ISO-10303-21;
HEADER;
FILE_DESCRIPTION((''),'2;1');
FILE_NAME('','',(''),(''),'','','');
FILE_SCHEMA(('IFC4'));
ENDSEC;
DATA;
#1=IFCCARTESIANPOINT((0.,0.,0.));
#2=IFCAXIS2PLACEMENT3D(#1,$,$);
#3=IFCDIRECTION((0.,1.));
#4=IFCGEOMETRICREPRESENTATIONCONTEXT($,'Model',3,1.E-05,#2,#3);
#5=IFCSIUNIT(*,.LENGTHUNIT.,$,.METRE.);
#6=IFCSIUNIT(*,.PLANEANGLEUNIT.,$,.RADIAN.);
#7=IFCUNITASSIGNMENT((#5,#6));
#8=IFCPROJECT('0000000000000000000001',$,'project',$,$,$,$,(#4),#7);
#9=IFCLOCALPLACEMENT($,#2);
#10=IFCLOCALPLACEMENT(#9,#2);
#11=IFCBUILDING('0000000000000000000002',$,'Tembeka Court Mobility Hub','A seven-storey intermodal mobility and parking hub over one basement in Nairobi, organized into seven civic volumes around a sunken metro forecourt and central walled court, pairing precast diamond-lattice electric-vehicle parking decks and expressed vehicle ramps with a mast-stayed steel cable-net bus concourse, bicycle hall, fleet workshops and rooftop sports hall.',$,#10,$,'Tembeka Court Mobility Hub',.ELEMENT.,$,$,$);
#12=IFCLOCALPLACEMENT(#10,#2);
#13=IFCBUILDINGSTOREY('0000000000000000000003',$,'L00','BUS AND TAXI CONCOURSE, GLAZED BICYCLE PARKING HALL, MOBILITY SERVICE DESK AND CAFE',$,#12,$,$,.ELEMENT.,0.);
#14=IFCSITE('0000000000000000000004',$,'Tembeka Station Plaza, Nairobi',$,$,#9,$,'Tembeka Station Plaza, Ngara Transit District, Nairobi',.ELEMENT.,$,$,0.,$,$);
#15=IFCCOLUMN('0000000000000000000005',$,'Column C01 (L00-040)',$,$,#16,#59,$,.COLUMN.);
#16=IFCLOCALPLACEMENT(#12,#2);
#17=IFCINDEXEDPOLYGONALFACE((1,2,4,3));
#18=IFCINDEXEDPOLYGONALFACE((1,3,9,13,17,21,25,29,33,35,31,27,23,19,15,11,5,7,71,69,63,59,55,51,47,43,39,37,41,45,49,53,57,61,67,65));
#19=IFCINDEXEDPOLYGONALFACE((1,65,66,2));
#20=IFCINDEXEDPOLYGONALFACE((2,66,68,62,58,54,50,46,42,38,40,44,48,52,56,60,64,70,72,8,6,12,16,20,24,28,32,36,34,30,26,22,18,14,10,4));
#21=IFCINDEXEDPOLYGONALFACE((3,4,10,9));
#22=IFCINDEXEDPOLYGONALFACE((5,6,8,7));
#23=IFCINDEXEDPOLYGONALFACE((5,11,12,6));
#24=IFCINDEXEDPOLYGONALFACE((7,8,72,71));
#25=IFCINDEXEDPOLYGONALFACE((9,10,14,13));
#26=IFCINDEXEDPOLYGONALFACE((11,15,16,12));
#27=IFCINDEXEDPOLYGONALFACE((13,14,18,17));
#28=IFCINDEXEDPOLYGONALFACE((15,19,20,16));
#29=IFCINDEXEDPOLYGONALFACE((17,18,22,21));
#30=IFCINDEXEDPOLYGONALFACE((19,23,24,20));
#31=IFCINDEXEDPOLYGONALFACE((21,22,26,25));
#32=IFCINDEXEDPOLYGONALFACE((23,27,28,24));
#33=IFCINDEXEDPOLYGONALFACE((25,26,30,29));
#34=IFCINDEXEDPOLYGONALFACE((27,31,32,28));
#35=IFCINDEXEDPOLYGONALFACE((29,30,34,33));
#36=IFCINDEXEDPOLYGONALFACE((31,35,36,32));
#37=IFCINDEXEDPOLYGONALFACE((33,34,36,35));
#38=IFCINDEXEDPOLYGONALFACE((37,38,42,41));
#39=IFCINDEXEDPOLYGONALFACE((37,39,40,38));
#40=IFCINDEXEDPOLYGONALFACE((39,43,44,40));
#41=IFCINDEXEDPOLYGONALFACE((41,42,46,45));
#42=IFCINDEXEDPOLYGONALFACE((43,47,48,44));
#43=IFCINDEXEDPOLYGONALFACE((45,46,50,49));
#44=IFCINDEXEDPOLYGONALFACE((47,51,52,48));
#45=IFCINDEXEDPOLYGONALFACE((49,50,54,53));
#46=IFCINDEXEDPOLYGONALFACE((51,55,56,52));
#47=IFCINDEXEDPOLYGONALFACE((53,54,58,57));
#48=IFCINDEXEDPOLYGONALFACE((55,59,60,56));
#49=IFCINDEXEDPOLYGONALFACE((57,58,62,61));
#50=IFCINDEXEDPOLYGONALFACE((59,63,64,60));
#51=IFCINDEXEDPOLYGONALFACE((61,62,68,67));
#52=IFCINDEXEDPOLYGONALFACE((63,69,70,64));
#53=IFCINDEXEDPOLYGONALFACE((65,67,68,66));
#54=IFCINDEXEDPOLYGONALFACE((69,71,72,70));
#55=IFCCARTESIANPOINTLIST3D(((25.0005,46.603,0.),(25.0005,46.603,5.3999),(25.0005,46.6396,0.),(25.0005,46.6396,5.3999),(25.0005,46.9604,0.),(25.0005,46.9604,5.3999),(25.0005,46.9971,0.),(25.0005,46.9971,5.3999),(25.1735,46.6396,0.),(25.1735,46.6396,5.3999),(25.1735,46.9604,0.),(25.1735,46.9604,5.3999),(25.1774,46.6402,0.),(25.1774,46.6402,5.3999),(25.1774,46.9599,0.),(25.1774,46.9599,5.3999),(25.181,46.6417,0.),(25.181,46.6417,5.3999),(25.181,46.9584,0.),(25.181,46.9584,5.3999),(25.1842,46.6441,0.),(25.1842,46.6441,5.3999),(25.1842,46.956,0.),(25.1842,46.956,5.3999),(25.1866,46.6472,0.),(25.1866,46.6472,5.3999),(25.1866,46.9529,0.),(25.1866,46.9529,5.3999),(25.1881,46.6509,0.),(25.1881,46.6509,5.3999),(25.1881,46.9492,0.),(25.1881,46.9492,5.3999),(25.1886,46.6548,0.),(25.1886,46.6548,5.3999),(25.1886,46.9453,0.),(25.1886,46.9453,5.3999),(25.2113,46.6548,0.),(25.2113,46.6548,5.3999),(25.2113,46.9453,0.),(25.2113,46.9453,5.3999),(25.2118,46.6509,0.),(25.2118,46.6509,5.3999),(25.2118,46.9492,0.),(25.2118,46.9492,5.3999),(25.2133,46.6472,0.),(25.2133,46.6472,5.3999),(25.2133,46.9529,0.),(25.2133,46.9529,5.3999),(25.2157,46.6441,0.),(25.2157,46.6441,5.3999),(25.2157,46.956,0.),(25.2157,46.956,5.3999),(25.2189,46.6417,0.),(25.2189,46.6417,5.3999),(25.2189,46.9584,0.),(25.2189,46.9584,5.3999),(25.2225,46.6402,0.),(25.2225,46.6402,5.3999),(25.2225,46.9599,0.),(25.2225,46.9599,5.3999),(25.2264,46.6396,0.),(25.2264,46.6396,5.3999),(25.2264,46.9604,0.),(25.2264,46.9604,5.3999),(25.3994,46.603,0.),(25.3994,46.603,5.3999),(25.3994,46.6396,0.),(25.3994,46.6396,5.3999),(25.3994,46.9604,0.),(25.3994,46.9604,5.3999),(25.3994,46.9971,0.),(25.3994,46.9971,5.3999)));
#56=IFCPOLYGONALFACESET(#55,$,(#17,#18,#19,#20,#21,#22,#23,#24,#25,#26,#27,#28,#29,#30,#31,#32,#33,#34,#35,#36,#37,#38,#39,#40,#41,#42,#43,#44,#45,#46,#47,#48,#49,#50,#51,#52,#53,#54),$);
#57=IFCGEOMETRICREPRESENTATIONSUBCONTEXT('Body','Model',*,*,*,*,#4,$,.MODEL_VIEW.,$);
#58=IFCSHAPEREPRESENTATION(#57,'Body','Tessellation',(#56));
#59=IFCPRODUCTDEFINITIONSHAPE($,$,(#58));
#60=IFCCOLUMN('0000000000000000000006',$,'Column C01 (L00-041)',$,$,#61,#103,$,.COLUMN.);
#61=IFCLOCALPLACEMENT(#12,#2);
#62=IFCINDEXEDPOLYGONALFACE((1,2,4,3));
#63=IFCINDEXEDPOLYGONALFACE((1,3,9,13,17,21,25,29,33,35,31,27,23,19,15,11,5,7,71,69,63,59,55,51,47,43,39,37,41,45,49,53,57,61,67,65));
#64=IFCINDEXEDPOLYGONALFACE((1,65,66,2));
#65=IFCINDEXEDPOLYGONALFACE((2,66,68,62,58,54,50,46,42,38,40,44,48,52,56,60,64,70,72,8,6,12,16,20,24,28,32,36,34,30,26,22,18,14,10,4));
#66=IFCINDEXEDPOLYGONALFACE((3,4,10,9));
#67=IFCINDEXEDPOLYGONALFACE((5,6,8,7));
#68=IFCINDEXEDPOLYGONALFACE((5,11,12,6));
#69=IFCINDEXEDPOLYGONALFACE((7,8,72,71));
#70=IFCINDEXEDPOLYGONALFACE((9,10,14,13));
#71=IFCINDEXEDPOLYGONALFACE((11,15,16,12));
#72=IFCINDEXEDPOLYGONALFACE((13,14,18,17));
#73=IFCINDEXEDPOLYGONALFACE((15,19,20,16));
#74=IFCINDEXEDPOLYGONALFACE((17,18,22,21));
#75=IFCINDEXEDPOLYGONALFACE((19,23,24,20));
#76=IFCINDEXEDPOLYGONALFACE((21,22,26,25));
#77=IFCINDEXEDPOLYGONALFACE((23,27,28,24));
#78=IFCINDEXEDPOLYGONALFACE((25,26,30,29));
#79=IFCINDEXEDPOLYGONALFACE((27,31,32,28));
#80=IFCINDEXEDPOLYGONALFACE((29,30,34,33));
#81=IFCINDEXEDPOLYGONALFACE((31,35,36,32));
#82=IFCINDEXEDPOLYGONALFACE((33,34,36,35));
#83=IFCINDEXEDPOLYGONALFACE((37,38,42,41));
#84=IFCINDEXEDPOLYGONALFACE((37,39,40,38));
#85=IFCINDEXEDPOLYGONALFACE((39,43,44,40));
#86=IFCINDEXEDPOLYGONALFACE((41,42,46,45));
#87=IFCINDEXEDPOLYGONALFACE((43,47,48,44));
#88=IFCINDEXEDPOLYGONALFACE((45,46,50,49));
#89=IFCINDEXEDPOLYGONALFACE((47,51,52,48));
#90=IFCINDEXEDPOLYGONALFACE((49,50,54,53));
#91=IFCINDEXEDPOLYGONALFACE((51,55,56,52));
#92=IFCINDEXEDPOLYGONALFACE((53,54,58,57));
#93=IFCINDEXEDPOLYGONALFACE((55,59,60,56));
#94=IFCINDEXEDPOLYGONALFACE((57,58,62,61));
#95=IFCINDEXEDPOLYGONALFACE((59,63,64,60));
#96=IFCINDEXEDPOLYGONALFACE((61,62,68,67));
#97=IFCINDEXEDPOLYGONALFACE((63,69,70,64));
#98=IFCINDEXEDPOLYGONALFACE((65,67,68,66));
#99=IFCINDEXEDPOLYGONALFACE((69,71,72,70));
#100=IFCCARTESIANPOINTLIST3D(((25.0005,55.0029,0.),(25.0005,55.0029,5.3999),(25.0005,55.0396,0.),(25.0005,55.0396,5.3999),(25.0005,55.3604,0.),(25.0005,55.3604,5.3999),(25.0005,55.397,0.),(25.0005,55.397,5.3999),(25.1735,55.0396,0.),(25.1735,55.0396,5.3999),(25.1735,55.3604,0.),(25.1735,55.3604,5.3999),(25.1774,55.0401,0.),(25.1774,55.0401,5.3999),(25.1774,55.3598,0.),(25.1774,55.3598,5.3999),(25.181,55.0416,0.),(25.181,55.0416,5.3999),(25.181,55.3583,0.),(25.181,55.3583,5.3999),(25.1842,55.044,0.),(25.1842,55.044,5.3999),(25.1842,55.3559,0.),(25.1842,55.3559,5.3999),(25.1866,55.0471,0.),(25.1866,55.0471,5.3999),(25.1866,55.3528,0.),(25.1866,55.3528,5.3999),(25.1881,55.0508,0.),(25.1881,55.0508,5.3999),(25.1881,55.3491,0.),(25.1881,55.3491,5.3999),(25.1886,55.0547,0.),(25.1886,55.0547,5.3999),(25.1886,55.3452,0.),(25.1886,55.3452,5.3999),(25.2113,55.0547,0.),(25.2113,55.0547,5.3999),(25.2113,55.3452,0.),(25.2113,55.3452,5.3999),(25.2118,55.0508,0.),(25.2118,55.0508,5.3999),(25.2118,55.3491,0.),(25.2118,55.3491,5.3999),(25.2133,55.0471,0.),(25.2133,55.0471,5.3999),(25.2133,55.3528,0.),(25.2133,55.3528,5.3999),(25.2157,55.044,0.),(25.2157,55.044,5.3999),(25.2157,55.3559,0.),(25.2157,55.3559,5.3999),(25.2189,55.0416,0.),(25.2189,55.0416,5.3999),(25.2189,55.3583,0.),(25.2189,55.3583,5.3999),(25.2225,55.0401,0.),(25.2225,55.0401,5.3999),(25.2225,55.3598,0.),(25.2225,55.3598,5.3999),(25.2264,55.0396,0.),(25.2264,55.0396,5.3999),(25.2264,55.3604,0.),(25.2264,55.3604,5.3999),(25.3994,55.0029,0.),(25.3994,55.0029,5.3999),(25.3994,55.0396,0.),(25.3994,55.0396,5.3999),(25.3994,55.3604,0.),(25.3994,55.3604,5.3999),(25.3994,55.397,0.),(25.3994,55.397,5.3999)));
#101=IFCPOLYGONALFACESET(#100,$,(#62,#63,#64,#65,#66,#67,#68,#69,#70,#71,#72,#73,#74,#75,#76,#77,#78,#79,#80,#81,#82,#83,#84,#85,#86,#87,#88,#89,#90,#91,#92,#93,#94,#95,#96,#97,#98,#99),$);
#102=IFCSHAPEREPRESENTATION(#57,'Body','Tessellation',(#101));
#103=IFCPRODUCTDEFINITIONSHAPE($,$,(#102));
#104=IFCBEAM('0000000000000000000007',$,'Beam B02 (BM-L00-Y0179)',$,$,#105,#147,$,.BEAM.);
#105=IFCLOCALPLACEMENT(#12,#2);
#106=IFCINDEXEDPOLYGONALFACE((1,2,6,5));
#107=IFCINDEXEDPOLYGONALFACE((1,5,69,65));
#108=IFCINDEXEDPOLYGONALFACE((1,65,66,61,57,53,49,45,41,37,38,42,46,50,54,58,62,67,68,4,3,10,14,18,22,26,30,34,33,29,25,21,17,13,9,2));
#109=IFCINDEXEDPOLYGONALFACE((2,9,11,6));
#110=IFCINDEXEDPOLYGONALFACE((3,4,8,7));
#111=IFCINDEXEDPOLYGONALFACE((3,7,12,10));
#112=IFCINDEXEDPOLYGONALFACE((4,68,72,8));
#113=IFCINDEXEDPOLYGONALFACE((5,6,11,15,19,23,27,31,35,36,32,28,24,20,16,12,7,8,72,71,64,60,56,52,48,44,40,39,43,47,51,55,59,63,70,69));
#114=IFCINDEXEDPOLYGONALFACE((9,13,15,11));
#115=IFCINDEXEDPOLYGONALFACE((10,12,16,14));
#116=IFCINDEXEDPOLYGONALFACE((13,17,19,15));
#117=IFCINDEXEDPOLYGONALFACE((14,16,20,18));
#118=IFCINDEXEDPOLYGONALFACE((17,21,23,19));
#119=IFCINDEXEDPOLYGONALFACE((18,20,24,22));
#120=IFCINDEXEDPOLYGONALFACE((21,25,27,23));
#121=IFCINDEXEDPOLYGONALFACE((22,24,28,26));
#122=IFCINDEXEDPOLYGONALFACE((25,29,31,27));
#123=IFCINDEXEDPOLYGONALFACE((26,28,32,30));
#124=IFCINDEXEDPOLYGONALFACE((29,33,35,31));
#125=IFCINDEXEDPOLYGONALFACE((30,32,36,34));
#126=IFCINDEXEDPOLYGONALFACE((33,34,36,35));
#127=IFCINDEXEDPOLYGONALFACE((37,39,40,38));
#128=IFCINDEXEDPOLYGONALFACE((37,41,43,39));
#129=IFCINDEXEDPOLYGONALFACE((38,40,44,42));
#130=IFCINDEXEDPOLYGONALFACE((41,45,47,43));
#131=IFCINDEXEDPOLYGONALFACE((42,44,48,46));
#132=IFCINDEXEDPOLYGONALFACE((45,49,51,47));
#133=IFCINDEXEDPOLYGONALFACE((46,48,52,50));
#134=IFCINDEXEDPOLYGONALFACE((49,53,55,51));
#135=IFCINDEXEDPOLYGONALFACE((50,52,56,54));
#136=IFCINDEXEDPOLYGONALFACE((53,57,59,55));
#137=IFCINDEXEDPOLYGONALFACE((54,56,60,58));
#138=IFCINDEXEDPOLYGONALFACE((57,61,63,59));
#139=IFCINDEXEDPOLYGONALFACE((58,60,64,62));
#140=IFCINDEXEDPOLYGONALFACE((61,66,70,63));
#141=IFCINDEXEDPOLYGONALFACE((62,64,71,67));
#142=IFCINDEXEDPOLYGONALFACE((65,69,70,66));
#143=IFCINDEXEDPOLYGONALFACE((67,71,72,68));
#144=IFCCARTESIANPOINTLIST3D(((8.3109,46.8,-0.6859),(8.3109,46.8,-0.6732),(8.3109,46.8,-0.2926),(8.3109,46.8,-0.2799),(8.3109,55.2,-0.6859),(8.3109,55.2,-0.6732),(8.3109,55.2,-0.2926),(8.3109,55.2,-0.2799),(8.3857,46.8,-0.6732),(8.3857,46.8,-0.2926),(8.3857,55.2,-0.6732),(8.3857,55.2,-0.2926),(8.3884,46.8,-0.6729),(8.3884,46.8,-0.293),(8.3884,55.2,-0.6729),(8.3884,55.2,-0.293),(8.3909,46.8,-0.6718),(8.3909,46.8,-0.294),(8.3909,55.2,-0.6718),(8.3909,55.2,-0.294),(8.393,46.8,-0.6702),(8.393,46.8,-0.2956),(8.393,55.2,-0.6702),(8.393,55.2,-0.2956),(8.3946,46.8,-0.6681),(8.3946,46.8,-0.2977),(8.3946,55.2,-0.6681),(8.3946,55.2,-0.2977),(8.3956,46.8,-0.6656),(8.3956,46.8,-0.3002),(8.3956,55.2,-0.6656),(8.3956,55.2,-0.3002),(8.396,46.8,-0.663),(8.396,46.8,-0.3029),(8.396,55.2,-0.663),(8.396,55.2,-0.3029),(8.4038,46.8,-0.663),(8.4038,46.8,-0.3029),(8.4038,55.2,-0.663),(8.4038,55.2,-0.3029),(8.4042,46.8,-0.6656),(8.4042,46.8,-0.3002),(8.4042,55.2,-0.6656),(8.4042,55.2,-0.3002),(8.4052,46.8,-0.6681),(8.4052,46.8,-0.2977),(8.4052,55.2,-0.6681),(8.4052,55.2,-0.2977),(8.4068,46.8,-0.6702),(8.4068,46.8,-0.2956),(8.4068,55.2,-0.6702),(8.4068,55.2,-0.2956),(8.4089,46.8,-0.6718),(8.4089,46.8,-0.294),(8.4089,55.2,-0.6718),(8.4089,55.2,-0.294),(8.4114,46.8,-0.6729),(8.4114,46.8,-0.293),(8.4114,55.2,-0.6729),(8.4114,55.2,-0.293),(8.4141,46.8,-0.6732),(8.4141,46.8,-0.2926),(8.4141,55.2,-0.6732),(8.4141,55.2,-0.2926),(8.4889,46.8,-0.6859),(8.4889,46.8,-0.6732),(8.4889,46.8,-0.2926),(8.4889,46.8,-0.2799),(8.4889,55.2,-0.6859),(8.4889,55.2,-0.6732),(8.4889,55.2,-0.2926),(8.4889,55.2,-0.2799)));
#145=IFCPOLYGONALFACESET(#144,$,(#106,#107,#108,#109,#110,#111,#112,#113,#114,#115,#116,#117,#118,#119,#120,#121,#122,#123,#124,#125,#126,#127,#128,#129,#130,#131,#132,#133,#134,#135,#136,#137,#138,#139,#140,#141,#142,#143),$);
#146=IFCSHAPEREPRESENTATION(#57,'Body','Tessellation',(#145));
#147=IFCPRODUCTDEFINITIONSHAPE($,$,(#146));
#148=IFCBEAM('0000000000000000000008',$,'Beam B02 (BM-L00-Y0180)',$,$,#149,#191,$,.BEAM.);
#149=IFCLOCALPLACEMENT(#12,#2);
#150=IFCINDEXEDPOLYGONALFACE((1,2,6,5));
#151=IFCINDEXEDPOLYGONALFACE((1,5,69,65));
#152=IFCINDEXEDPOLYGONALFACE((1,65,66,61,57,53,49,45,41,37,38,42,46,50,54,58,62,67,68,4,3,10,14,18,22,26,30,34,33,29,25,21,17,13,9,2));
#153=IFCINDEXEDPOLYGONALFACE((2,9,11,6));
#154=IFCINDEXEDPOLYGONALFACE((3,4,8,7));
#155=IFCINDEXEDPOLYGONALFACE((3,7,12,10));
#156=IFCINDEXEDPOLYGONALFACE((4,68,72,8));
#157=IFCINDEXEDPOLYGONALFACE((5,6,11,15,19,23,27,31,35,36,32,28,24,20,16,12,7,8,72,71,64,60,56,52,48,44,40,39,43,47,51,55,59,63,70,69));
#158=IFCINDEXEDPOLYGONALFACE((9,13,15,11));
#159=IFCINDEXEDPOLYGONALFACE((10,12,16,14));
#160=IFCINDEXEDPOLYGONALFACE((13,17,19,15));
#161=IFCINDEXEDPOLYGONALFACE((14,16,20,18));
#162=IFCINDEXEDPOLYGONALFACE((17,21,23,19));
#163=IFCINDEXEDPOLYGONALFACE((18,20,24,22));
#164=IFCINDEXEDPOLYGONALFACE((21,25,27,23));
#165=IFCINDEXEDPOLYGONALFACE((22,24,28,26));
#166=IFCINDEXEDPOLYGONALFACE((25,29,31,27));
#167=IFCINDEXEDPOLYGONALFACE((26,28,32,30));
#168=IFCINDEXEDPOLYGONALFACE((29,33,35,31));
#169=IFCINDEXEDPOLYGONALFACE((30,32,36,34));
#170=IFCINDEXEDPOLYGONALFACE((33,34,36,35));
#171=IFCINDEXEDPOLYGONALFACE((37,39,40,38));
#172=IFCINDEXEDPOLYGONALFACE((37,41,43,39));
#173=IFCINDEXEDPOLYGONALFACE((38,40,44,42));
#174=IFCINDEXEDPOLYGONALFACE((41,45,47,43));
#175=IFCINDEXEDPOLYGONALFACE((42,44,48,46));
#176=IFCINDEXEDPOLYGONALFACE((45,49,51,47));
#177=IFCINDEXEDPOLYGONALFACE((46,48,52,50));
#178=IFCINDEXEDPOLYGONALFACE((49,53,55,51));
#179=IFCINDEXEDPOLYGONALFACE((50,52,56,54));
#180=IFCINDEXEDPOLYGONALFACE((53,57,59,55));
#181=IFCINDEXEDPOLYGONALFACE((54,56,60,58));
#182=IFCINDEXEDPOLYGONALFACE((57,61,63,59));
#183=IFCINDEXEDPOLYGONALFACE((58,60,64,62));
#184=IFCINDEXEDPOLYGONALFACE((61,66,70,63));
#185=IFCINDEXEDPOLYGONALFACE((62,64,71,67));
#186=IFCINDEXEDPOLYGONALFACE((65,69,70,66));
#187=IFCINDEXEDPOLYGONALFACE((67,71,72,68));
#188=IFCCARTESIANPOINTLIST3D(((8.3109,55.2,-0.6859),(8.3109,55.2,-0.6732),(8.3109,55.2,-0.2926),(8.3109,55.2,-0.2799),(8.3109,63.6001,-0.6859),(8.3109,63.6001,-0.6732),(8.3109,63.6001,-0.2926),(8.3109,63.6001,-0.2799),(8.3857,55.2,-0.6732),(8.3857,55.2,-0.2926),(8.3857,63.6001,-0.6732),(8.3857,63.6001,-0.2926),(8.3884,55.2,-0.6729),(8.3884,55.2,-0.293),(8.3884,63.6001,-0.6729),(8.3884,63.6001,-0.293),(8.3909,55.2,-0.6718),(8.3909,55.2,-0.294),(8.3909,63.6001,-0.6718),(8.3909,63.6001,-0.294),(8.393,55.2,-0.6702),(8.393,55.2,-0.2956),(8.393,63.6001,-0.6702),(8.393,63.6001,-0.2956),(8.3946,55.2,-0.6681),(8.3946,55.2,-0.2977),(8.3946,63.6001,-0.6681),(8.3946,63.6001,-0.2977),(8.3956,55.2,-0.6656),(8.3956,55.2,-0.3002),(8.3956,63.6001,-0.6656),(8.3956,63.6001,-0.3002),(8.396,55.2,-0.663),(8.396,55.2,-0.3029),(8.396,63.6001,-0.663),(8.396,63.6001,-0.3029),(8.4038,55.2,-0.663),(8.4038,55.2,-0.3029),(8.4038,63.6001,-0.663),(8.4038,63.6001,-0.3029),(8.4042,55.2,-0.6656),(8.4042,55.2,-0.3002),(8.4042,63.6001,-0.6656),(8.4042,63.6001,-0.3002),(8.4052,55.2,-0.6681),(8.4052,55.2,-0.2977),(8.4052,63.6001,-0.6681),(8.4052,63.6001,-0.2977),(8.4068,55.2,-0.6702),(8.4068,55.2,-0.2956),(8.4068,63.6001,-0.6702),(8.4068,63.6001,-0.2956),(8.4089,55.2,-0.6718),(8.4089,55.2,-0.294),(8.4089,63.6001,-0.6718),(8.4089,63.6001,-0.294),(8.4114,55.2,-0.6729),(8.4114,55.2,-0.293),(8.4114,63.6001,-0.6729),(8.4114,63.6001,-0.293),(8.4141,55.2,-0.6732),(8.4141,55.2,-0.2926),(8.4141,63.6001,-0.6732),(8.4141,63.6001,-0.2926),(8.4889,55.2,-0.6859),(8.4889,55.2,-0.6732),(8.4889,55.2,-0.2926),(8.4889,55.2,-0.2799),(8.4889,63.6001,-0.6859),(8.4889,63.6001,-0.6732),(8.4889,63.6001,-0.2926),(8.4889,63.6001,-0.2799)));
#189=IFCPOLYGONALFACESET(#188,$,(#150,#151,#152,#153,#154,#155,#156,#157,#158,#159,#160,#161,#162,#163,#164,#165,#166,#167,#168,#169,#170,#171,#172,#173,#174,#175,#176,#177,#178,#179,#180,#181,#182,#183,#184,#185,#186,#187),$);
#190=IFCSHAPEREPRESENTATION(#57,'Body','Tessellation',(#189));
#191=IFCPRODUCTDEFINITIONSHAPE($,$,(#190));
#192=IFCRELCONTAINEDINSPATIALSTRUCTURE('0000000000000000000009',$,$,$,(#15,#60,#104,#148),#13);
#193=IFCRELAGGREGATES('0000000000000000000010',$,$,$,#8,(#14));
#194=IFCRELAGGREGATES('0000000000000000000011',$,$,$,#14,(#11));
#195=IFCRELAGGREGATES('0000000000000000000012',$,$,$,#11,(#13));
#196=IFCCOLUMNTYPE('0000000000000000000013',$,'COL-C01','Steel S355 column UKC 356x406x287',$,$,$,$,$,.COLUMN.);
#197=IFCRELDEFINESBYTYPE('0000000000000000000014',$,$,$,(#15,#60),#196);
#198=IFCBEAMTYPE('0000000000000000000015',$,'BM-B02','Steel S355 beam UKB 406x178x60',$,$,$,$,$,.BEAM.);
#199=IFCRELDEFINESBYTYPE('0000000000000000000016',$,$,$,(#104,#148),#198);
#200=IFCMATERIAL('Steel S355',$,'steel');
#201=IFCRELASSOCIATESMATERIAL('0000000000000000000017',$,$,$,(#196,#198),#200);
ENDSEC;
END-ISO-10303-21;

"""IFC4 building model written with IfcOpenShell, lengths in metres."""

from ifc_helpers import new_model, si_unit, direction, frame, origin, origin_2d, place, context, subcontext, project, spatial, i_section, extrude, material, material_profile, profile_set, type_object, element, save


model = new_model("IFC4")

# Units and contexts
model_context = context("Model", 3, precision=1e-05, world=origin(), true_north=direction((0.0, 1.0)))
body_context = subcontext(model_context, "Body", "Model", "MODEL_VIEW")
ifc_project = project(units=[si_unit("LENGTHUNIT", "METRE"), si_unit("PLANEANGLEUNIT", "RADIAN")], contexts=[model_context])

# Site, building, storey
site_placement = place(None, origin())
site = spatial("IfcSite", under=ifc_project, at=site_placement, Name="Tembeka Station Plaza, Nairobi", LongName="Tembeka Station Plaza, Ngara Transit District, Nairobi", CompositionType="ELEMENT", RefElevation=0.0)
building_placement = place(site_placement, origin())
building = spatial("IfcBuilding", under=site, at=building_placement, Name="Tembeka Court Mobility Hub", Description="A seven-storey intermodal mobility and parking hub over one basement in Nairobi, organized into seven civic volumes around a sunken metro forecourt and central walled court, pairing precast diamond-lattice electric-vehicle parking decks and expressed vehicle ramps with a mast-stayed steel cable-net bus concourse, bicycle hall, fleet workshops and rooftop sports hall.", LongName="Tembeka Court Mobility Hub", CompositionType="ELEMENT")
storey_placement = place(building_placement, origin())
storey = spatial("IfcBuildingStorey", under=building, at=storey_placement, Name="L00", Description="BUS AND TAXI CONCOURSE, GLAZED BICYCLE PARKING HALL, MOBILITY SERVICE DESK AND CAFE", CompositionType="ELEMENT", Elevation=0.0)

# Columns
ifc_material_1 = material(Name="Steel S355", Category="steel")
ifc_material_profile_1 = material_profile(ifc_material_1, i_section(OverallWidth=0.3989, OverallDepth=0.394, WebThickness=0.0227, FlangeThickness=0.0366, FilletRadius=0.0151, at=origin_2d()), Name="UKC 356x406x287")
ifc_profile_set_1 = profile_set([ifc_material_profile_1], Name="Steel S355")
column_type = type_object("IfcColumnType", Name="COL-C01", Description="Steel S355 column UKC 356x406x287", PredefinedType="COLUMN", material=ifc_profile_set_1)
for number, where, z_axis, x_axis, name in (
    (1, (25.2, 46.8, 0.0), (0.0, 0.0, 1.0), (1.0, 0.0, 0.0), "Column C01 (L00-040)"),
    (2, (25.2, 55.2, 0.0), (0.0, 0.0, 1.0), (1.0, 0.0, 0.0), "Column C01 (L00-041)"),
):
    element("IfcColumn", number, at=place(storey_placement, frame(where, z_axis=z_axis, x_axis=x_axis)), inside=storey, type_object=column_type, Name=name, PredefinedType="COLUMN", context=body_context, shape_type="SweptSolid", body=[
        extrude(i_section(OverallWidth=0.3989, OverallDepth=0.394, WebThickness=0.0227, FlangeThickness=0.0366, FilletRadius=0.0151, at=origin_2d()), origin(), (0.0, 0.0, 1.0), 5.3999),
    ])

# Beams
ifc_material_profile_2 = material_profile(ifc_material_1, i_section(OverallWidth=0.178, OverallDepth=0.406, WebThickness=0.0078, FlangeThickness=0.0127, FilletRadius=0.0103, at=origin_2d()), Name="UKB 406x178x60")
ifc_profile_set_2 = profile_set([ifc_material_profile_2], Name="Steel S355")
beam_type_1 = type_object("IfcBeamType", Name="BM-B02", Description="Steel S355 beam UKB 406x178x60", PredefinedType="BEAM", material=ifc_profile_set_2)
beam_1_placement = place(storey_placement, frame((8.3999, 46.8, -0.4829), z_axis=(0.0, 1.0, 0.0), x_axis=(-1.0, 0.0, 0.0)))
element("IfcBeam", 3, at=beam_1_placement, inside=storey, type_object=beam_type_1, Name="Beam B02 (BM-L00-Y0179)", PredefinedType="BEAM", context=body_context, shape_type="SweptSolid", body=[
    extrude(i_section(OverallWidth=0.178, OverallDepth=0.406, WebThickness=0.0078, FlangeThickness=0.0127, FilletRadius=0.0103, at=origin_2d()), origin(), (0.0, 0.0, 1.0), 8.3999),
])
beam_2_placement = place(storey_placement, frame((8.3999, 55.2, -0.4829), z_axis=(0.0, 1.0, 0.0), x_axis=(-1.0, 0.0, 0.0)))
element("IfcBeam", 4, at=beam_2_placement, inside=storey, type_object=beam_type_1, Name="Beam B02 (BM-L00-Y0180)", PredefinedType="BEAM", context=body_context, shape_type="SweptSolid", body=[
    extrude(i_section(OverallWidth=0.178, OverallDepth=0.406, WebThickness=0.0078, FlangeThickness=0.0127, FilletRadius=0.0103, at=origin_2d()), origin(), (0.0, 0.0, 1.0), 8.4001),
])

save(model, "model.ifc")
